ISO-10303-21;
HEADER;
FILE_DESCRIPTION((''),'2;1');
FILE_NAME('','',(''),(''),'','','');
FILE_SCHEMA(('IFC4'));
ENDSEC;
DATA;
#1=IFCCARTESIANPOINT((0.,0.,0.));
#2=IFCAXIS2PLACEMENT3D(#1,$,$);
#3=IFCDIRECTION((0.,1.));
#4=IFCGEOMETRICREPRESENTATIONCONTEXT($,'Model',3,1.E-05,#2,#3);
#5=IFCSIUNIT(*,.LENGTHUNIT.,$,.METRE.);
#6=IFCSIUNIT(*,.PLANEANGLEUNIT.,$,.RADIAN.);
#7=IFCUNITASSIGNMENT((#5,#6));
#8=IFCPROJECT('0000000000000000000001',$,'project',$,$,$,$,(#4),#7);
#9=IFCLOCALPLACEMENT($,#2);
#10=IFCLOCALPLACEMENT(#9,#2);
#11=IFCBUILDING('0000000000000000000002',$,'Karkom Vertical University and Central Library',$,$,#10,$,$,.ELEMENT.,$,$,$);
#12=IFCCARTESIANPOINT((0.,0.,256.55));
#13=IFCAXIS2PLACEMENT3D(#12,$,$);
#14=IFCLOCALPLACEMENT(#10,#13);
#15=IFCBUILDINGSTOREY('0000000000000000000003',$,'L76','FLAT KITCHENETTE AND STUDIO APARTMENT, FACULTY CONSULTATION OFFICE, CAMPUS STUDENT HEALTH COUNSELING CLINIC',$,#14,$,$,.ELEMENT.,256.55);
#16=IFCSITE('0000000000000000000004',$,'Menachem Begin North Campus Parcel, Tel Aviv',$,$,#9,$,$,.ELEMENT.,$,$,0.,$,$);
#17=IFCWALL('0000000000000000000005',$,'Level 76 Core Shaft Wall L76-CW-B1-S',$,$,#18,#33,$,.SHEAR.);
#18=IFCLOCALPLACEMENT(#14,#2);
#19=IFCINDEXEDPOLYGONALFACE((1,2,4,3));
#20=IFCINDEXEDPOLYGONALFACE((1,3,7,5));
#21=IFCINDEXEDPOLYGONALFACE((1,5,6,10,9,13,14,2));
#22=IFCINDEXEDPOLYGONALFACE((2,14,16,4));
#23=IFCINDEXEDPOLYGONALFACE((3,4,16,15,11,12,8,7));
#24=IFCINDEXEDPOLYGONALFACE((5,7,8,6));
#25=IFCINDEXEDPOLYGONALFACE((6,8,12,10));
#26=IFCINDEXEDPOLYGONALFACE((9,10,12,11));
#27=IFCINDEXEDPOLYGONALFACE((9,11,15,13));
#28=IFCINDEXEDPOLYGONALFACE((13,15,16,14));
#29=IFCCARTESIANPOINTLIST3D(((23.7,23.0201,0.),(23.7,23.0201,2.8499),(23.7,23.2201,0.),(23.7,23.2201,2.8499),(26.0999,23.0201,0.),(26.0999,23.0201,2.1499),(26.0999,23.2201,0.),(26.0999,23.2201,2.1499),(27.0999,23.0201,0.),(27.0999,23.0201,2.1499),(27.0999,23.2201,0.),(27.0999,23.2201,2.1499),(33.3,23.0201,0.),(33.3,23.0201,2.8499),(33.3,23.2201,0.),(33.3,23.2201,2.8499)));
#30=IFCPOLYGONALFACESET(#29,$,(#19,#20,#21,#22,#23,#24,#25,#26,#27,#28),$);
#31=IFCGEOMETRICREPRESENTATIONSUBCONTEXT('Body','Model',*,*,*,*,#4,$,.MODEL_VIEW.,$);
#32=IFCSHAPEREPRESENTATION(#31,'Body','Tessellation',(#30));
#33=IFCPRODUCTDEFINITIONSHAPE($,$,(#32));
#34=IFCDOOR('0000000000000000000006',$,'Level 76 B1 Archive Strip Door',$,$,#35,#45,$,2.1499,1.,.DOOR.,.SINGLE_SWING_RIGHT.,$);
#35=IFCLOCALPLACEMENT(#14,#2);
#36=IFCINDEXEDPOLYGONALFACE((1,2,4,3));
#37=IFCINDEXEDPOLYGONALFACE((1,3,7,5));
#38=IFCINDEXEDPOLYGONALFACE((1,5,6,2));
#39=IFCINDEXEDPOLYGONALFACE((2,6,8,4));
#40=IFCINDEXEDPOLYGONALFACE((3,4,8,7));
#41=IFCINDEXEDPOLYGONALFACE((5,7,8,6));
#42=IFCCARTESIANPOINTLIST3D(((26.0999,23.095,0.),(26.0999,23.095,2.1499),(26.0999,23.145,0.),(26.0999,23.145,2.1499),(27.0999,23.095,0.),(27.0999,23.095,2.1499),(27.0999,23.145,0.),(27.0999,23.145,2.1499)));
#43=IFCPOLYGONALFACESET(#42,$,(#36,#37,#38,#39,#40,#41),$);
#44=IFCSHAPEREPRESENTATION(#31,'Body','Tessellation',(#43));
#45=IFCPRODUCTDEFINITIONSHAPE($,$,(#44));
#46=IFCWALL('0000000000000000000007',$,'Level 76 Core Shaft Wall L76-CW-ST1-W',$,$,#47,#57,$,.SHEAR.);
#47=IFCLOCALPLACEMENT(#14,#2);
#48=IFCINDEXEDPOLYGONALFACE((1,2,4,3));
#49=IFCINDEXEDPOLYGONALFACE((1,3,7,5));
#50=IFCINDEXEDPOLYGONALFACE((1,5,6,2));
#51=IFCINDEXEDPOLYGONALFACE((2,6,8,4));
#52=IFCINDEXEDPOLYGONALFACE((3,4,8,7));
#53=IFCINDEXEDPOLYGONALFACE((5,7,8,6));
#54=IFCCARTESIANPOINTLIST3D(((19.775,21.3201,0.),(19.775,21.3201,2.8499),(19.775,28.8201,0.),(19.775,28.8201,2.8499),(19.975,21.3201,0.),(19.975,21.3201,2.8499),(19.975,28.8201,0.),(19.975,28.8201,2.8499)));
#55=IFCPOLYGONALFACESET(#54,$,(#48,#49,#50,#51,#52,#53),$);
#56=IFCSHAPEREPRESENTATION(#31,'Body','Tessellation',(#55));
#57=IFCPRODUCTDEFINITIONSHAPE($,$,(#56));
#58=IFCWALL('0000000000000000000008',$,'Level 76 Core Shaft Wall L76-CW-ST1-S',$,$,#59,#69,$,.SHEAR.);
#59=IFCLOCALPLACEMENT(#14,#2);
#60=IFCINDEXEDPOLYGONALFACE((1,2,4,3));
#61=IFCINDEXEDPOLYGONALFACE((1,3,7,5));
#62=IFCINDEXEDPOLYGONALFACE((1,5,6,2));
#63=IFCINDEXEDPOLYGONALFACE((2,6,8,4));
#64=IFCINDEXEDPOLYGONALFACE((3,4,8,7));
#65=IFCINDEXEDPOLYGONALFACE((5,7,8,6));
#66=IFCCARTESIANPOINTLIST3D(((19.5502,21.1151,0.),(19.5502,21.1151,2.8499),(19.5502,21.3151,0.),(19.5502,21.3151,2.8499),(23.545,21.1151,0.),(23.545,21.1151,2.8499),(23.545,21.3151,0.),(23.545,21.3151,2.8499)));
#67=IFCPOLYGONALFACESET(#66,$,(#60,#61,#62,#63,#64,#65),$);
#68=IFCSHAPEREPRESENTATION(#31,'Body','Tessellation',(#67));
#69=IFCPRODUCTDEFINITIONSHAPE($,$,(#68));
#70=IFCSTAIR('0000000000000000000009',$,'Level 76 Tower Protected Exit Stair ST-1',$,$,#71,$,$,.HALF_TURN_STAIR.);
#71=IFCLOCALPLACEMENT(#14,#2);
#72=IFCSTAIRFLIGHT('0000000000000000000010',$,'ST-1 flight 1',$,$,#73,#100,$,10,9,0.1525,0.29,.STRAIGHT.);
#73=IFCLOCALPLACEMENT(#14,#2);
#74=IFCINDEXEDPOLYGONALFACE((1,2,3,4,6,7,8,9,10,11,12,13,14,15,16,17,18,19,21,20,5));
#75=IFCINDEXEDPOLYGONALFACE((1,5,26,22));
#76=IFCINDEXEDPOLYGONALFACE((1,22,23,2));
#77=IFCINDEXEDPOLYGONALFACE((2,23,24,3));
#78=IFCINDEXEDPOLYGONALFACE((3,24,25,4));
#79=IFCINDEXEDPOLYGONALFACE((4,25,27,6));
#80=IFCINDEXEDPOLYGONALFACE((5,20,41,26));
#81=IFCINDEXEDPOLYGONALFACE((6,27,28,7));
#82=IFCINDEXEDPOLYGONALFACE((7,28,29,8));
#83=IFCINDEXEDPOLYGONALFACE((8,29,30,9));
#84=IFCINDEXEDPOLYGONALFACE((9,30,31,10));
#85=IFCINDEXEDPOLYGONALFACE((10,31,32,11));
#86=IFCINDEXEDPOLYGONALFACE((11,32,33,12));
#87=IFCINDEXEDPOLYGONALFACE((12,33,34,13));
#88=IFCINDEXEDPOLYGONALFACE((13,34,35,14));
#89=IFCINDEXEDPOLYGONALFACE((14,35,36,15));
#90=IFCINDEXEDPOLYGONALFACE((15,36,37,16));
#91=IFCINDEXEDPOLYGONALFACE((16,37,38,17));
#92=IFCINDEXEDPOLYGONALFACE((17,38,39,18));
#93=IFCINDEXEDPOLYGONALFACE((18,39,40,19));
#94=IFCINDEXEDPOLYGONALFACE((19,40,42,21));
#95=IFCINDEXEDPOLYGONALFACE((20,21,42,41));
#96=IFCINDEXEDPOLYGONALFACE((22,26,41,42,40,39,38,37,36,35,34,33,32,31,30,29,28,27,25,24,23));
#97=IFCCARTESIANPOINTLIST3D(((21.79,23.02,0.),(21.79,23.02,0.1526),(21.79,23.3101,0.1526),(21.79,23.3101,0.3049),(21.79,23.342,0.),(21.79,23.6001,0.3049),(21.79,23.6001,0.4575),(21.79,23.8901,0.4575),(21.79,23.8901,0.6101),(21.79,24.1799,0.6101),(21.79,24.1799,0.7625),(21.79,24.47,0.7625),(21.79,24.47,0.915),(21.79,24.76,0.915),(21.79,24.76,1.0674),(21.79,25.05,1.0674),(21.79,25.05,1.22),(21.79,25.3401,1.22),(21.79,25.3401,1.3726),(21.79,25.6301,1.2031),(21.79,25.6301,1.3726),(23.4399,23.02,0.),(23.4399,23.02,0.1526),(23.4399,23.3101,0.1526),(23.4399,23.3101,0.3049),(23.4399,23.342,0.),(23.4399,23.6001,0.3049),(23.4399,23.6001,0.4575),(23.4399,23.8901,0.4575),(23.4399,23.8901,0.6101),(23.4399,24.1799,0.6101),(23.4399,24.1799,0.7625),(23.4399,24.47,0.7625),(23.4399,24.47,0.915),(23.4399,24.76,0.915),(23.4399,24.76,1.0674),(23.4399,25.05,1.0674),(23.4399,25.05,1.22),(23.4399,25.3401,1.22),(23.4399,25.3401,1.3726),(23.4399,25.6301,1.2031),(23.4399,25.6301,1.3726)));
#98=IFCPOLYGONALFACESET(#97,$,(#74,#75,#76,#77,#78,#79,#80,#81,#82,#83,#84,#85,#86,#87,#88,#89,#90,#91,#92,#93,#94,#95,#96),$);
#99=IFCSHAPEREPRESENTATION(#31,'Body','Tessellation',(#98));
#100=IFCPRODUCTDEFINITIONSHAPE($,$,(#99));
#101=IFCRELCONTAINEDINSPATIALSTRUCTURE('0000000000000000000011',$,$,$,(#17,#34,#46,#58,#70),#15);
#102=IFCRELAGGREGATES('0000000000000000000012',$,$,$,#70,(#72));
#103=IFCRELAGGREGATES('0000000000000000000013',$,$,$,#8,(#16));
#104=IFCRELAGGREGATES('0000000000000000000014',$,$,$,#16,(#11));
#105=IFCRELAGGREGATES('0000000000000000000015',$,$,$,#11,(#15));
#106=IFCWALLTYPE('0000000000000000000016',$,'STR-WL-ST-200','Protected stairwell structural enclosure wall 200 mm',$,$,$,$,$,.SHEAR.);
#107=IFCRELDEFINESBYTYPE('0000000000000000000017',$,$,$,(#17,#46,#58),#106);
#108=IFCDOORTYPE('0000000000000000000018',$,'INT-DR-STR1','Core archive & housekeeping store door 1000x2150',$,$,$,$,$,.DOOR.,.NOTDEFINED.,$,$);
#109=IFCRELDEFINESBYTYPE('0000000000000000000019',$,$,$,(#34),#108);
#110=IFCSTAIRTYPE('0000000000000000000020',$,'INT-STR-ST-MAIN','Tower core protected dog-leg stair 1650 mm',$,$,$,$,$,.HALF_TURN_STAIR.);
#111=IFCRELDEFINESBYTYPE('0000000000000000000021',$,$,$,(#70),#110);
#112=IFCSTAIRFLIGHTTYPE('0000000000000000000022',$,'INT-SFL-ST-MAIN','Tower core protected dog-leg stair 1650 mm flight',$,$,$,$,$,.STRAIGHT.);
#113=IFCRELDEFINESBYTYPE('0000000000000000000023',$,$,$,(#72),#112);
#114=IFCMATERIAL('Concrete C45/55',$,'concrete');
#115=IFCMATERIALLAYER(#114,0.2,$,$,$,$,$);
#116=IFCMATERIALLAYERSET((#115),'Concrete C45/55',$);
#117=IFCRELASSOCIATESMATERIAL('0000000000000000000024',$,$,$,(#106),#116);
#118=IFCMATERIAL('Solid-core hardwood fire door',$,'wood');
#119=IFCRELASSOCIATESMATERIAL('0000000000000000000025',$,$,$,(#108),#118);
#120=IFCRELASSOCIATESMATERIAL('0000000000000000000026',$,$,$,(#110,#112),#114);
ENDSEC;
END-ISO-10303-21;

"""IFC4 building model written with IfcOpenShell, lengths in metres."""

from ifc_helpers import new_model, si_unit, direction, frame, frame_2d, origin, origin_with_axes, place, context, subcontext, project, spatial, polyline, rectangle, outline, extrude, source, transform, mapped, material, layer, layer_set, type_object, element, fill, aggregate, save


model = new_model("IFC4")

# Units and contexts
model_context = context("Model", 3, precision=1e-05, world=origin(), true_north=direction((0.0, 1.0)))
body_context = subcontext(model_context, "Body", "Model", "MODEL_VIEW")
ifc_project = project(units=[si_unit("LENGTHUNIT", "METRE"), si_unit("PLANEANGLEUNIT", "RADIAN")], contexts=[model_context])

# Site, building, storey
site_placement = place(None, origin())
site = spatial("IfcSite", under=ifc_project, at=site_placement, Name="Menachem Begin North Campus Parcel, Tel Aviv", CompositionType="ELEMENT", RefElevation=0.0)
building_placement = place(site_placement, origin())
building = spatial("IfcBuilding", under=site, at=building_placement, Name="Karkom Vertical University and Central Library", CompositionType="ELEMENT")
storey_placement = place(building_placement, frame((0.0, 0.0, 256.55)))
storey = spatial("IfcBuildingStorey", under=building, at=storey_placement, Name="L76", Description="FLAT KITCHENETTE AND STUDIO APARTMENT, FACULTY CONSULTATION OFFICE, CAMPUS STUDENT HEALTH COUNSELING CLINIC", CompositionType="ELEMENT", Elevation=256.55)

# Shared definitions
ifc_material_1 = material(Name="Concrete C45/55", Category="concrete")

# Shared definitions
ifc_layer_1 = layer(ifc_material_1, 0.2)
ifc_layer_set_1 = layer_set([ifc_layer_1], Name="Concrete C45/55")
wall_type_1 = type_object("IfcWallType", Name="STR-WL-ST-200", Description="Protected stairwell structural enclosure wall 200 mm", PredefinedType="SHEAR", material=ifc_layer_set_1)

# Wall, opening, door
wall_1_placement = place(storey_placement, frame((23.7, 23.1201, 0.0), z_axis=(0.0, 0.0, 1.0), x_axis=(1.0, 0.0, 0.0)))
wall_1 = element("IfcWall", 1, at=wall_1_placement, inside=storey, type_object=wall_type_1, Name="Level 76 Core Shaft Wall L76-CW-B1-S", PredefinedType="SHEAR", context=body_context, shape_type="SweptSolid", body=[
    extrude(rectangle(XDim=9.6001, YDim=0.2, at=frame_2d((4.8, 0.0))), origin(), (0.0, 0.0, 1.0), 2.8499),
])
opening_1_placement = place(wall_1_placement, frame((2.3999, 0.0, 0.0)))
opening_1 = element("IfcOpeningElement", 2, at=opening_1_placement, cuts=wall_1, PredefinedType="OPENING", context=body_context, shape_type="SweptSolid", body=[
    extrude(rectangle(XDim=1.0, YDim=2.1499, at=frame_2d((0.5, 1.075))), frame((0.0, 0.1099, 0.0), z_axis=(0.0, -1.0, 0.0), x_axis=(1.0, 0.0, 0.0)), (0.0, 0.0, 1.0), 0.22),
])
ifc_material_2 = material(Name="Solid-core hardwood fire door", Category="wood")
door_type_1 = type_object("IfcDoorType", Name="INT-DR-STR1", Description="Core archive & housekeeping store door 1000x2150", OperationType="NOTDEFINED", PredefinedType="DOOR", material=ifc_material_2)
shared_shape_1 = source(origin_with_axes(), body_context, "Body", "SweptSolid", [
    extrude(rectangle(XDim=1.0, YDim=2.1499, at=frame_2d((0.5, 1.075))), frame((0.0, 0.0249, 0.0), z_axis=(0.0, -1.0, 0.0), x_axis=(1.0, 0.0, 0.0)), (0.0, 0.0, 1.0), 0.05),
])
door_1_placement = place(opening_1_placement, origin())
door_1 = element("IfcDoor", 3, at=door_1_placement, inside=storey, type_object=door_type_1, Name="Level 76 B1 Archive Strip Door", OperationType="SINGLE_SWING_RIGHT", OverallHeight=2.1499, OverallWidth=1.0, PredefinedType="DOOR", context=body_context, shape_type="MappedRepresentation", body=[
    mapped(shared_shape_1, transform((0.0, 0.0, 0.0), scale=1.0)),
])
fill(opening_1, door_1)

# Walls
wall_2_placement = place(storey_placement, frame((19.875, 21.3201, 0.0), z_axis=(0.0, 0.0, 1.0), x_axis=(0.0, 1.0, 0.0)))
element("IfcWall", 4, at=wall_2_placement, inside=storey, type_object=wall_type_1, Name="Level 76 Core Shaft Wall L76-CW-ST1-W", PredefinedType="SHEAR", context=body_context, shape_type="SweptSolid", body=[
    extrude(rectangle(XDim=7.5, YDim=0.2, at=frame_2d((3.75, 0.0))), origin(), (0.0, 0.0, 1.0), 2.8499),
])
wall_3_placement = place(storey_placement, frame((19.55, 21.2151, 0.0), z_axis=(0.0, 0.0, 1.0), x_axis=(1.0, 0.0, 0.0)))
element("IfcWall", 5, at=wall_3_placement, inside=storey, type_object=wall_type_1, Name="Level 76 Core Shaft Wall L76-CW-ST1-S", PredefinedType="SHEAR", context=body_context, shape_type="SweptSolid", body=[
    extrude(rectangle(XDim=3.9949, YDim=0.2, at=frame_2d((1.9976, 0.0))), origin(), (0.0, 0.0, 1.0), 2.8499),
])

# Stair, stair flight
stair_type = type_object("IfcStairType", Name="INT-STR-ST-MAIN", Description="Tower core protected dog-leg stair 1650 mm", PredefinedType="HALF_TURN_STAIR", material=ifc_material_1)
stair_placement = place(storey_placement, origin())
stair = element("IfcStair", 6, at=stair_placement, inside=storey, type_object=stair_type, Name="Level 76 Tower Protected Exit Stair ST-1", PredefinedType="HALF_TURN_STAIR")
stair_flight_type = type_object("IfcStairFlightType", Name="INT-SFL-ST-MAIN", Description="Tower core protected dog-leg stair 1650 mm flight", PredefinedType="STRAIGHT", material=ifc_material_1)
stair_flight_placement = place(storey_placement, frame((22.615, 23.02, 0.0), z_axis=(0.0, 0.0, 1.0), x_axis=(0.0, 1.0, 0.0)))
stair_flight = element("IfcStairFlight", 7, at=stair_flight_placement, type_object=stair_flight_type, Name="ST-1 flight 1", NumberOfRisers=10, NumberOfTreads=9, PredefinedType="STRAIGHT", RiserHeight=0.1525, TreadLength=0.29, context=body_context, shape_type="SweptSolid", body=[
    extrude(outline(polyline([(0.0, 0.0), (0.0, 0.1526), (0.29, 0.1526), (0.29, 0.3049), (0.5801, 0.3049), (0.5801, 0.4575), (0.8701, 0.4575), (0.8701, 0.6101), (1.1599, 0.6101), (1.1599, 0.7625), (1.45, 0.7625), (1.45, 0.915), (1.74, 0.915), (1.74, 1.0674), (2.03, 1.0674), (2.03, 1.22), (2.3201, 1.22), (2.3201, 1.3726), (2.6101, 1.3726), (2.6101, 1.5249), (2.6101, 1.2031), (0.322, 0.0), (0.0, 0.0)])), frame((0.0, 0.825, 0.0), z_axis=(0.0, -1.0, 0.0), x_axis=(1.0, 0.0, 0.0)), (0.0, 0.0, 1.0), 1.6499),
])
aggregate(stair, [stair_flight])

save(model, "model.ifc")
